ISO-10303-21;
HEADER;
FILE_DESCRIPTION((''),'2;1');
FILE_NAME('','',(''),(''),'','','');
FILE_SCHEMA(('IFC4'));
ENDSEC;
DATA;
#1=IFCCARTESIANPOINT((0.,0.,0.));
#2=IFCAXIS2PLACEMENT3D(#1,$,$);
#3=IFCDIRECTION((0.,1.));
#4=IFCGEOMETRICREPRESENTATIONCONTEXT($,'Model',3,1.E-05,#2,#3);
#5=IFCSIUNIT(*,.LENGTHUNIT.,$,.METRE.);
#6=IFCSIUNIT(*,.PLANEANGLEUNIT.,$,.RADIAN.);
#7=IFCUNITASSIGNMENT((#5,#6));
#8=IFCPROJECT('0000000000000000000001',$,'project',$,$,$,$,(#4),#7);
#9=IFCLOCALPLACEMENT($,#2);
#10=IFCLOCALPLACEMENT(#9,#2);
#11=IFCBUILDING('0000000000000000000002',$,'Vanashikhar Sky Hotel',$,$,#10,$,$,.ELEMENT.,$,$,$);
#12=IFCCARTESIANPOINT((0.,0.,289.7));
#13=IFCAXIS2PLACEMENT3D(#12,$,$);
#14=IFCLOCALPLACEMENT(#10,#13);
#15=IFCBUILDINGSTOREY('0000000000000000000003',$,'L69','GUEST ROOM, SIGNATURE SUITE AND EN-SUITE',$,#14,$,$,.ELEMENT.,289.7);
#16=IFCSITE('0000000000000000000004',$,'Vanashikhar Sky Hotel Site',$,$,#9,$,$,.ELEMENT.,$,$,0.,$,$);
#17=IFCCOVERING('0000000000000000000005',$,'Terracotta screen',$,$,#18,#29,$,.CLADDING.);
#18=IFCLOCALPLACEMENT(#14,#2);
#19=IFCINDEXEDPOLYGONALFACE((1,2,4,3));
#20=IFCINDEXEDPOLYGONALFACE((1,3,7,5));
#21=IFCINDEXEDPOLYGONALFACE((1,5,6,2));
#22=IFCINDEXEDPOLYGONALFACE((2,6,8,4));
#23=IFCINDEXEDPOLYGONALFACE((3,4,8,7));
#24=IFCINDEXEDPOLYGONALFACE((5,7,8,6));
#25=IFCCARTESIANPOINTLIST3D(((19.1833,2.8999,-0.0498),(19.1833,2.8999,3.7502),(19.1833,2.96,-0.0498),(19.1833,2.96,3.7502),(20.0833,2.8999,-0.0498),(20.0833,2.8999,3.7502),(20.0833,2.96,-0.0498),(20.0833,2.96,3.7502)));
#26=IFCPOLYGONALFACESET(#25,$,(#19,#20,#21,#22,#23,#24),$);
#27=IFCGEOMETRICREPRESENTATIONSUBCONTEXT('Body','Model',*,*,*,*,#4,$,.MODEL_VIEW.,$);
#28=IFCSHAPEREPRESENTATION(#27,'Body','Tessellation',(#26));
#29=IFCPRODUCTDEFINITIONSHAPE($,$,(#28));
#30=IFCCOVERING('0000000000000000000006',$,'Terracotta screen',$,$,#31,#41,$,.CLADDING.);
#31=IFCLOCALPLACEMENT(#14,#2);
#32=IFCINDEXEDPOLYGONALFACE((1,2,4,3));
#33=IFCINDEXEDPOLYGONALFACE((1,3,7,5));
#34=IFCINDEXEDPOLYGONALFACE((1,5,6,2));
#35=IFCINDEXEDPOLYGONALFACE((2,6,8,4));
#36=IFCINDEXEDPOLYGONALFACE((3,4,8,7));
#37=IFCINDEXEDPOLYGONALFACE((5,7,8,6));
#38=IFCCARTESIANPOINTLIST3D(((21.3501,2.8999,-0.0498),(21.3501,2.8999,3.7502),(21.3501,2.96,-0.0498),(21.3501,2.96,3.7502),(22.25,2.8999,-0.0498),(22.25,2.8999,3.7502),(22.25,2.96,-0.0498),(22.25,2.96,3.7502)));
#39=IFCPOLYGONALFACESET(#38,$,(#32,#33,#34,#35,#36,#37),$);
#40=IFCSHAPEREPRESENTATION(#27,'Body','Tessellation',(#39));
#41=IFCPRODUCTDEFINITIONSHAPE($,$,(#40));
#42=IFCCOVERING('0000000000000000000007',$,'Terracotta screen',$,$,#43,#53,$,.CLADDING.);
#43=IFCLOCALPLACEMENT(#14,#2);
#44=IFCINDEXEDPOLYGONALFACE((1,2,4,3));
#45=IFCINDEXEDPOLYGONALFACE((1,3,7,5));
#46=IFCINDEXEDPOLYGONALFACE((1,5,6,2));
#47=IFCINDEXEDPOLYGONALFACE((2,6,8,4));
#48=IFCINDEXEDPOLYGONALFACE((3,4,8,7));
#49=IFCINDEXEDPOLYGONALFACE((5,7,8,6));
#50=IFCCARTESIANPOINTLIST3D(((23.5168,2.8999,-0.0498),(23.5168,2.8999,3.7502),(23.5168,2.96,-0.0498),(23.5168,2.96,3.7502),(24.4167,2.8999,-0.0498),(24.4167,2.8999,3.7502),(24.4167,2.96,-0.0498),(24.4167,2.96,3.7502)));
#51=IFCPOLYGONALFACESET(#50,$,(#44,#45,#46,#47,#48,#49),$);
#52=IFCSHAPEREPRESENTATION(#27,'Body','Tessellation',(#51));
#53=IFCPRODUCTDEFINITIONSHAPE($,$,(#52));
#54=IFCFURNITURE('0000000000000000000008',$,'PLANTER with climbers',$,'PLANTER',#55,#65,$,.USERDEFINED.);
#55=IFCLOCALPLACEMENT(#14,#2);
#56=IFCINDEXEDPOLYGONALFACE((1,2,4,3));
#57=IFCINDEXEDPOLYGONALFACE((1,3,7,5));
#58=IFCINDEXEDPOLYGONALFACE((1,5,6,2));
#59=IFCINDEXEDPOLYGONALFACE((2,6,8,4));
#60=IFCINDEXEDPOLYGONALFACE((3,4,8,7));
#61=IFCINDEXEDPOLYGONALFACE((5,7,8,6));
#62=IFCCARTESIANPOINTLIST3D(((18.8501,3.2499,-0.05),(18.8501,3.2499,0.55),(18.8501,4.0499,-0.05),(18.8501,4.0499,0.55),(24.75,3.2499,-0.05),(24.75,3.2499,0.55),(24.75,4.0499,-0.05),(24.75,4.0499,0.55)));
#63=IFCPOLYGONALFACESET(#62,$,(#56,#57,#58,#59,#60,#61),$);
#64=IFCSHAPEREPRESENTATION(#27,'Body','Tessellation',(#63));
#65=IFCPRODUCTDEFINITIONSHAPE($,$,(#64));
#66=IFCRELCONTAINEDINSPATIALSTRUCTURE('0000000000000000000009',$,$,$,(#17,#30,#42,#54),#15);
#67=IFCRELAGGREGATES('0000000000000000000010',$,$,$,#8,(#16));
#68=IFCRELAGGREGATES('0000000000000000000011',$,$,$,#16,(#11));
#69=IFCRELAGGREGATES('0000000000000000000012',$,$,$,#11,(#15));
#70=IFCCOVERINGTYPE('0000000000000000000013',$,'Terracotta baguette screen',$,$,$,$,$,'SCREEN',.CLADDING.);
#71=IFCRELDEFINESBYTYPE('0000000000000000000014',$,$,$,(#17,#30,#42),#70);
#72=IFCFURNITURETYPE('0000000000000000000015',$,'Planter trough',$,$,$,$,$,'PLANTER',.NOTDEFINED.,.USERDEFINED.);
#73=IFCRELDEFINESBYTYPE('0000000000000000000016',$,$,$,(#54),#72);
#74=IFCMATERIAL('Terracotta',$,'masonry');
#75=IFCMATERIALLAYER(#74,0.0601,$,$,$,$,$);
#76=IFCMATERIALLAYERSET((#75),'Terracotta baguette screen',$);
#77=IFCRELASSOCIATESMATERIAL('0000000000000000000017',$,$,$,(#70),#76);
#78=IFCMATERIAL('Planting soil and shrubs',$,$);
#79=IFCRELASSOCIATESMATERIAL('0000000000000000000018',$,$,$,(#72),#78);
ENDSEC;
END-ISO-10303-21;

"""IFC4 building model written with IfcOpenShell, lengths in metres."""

from ifc_helpers import new_model, si_unit, direction, frame, origin, origin_2d, place, context, subcontext, project, spatial, rectangle, extrude, source, transform, mapped, material, layer, layer_set, type_object, element, save


model = new_model("IFC4")

# Units and contexts
model_context = context("Model", 3, precision=1e-05, world=origin(), true_north=direction((0.0, 1.0)))
body_context = subcontext(model_context, "Body", "Model", "MODEL_VIEW")
ifc_project = project(units=[si_unit("LENGTHUNIT", "METRE"), si_unit("PLANEANGLEUNIT", "RADIAN")], contexts=[model_context])

# Site, building, storey
site_placement = place(None, origin())
site = spatial("IfcSite", under=ifc_project, at=site_placement, Name="Vanashikhar Sky Hotel Site", CompositionType="ELEMENT", RefElevation=0.0)
building_placement = place(site_placement, origin())
building = spatial("IfcBuilding", under=site, at=building_placement, Name="Vanashikhar Sky Hotel", CompositionType="ELEMENT")
storey_placement = place(building_placement, frame((0.0, 0.0, 289.7)))
storey = spatial("IfcBuildingStorey", under=building, at=storey_placement, Name="L69", Description="GUEST ROOM, SIGNATURE SUITE AND EN-SUITE", CompositionType="ELEMENT", Elevation=289.7)

# Coverings
ifc_material_1 = material(Name="Terracotta", Category="masonry")
ifc_layer_1 = layer(ifc_material_1, 0.0601)
ifc_layer_set_1 = layer_set([ifc_layer_1], Name="Terracotta baguette screen")
covering_type = type_object("IfcCoveringType", Name="Terracotta baguette screen", ElementType="SCREEN", PredefinedType="CLADDING", material=ifc_layer_set_1)
shared_shape_1 = source(origin(), body_context, "Body", "SweptSolid", [
    extrude(rectangle(XDim=0.8999, YDim=0.0601, at=origin_2d()), origin(), (0.0, 0.0, 1.0), 3.8),
])
for number, where, z_axis, x_axis, name in (
    (1, (19.6333, 2.9299, -0.0498), (0.0, 0.0, 1.0), (1.0, 0.0, 0.0), "Terracotta screen"),
    (2, (21.8, 2.9299, -0.0498), (0.0, 0.0, 1.0), (1.0, 0.0, 0.0), "Terracotta screen"),
    (3, (23.9668, 2.9299, -0.0498), (0.0, 0.0, 1.0), (1.0, 0.0, 0.0), "Terracotta screen"),
):
    element("IfcCovering", number, at=place(storey_placement, frame(where, z_axis=z_axis, x_axis=x_axis)), inside=storey, type_object=covering_type, Name=name, PredefinedType="CLADDING", context=body_context, shape_type="MappedRepresentation", body=[
        mapped(shared_shape_1, transform((0.0, 0.0, 0.0), scale=1.0)),
    ])

# Furniture
ifc_material_2 = material(Name="Planting soil and shrubs")
furniture_type = type_object("IfcFurnitureType", Name="Planter trough", ElementType="PLANTER", AssemblyPlace="NOTDEFINED", PredefinedType="USERDEFINED", material=ifc_material_2)
shared_shape_2 = source(origin(), body_context, "Body", "SweptSolid", [
    extrude(rectangle(XDim=5.8999, YDim=0.8, at=origin_2d()), origin(), (0.0, 0.0, 1.0), 0.6001),
])
furniture_placement = place(storey_placement, frame((21.8, 3.6499, -0.05), z_axis=(0.0, 0.0, 1.0), x_axis=(1.0, 0.0, 0.0)))
element("IfcFurniture", 4, at=furniture_placement, inside=storey, type_object=furniture_type, Name="PLANTER with climbers", ObjectType="PLANTER", PredefinedType="USERDEFINED", context=body_context, shape_type="MappedRepresentation", body=[
    mapped(shared_shape_2, transform((0.0, 0.0, 0.0), scale=1.0)),
])

save(model, "model.ifc")
